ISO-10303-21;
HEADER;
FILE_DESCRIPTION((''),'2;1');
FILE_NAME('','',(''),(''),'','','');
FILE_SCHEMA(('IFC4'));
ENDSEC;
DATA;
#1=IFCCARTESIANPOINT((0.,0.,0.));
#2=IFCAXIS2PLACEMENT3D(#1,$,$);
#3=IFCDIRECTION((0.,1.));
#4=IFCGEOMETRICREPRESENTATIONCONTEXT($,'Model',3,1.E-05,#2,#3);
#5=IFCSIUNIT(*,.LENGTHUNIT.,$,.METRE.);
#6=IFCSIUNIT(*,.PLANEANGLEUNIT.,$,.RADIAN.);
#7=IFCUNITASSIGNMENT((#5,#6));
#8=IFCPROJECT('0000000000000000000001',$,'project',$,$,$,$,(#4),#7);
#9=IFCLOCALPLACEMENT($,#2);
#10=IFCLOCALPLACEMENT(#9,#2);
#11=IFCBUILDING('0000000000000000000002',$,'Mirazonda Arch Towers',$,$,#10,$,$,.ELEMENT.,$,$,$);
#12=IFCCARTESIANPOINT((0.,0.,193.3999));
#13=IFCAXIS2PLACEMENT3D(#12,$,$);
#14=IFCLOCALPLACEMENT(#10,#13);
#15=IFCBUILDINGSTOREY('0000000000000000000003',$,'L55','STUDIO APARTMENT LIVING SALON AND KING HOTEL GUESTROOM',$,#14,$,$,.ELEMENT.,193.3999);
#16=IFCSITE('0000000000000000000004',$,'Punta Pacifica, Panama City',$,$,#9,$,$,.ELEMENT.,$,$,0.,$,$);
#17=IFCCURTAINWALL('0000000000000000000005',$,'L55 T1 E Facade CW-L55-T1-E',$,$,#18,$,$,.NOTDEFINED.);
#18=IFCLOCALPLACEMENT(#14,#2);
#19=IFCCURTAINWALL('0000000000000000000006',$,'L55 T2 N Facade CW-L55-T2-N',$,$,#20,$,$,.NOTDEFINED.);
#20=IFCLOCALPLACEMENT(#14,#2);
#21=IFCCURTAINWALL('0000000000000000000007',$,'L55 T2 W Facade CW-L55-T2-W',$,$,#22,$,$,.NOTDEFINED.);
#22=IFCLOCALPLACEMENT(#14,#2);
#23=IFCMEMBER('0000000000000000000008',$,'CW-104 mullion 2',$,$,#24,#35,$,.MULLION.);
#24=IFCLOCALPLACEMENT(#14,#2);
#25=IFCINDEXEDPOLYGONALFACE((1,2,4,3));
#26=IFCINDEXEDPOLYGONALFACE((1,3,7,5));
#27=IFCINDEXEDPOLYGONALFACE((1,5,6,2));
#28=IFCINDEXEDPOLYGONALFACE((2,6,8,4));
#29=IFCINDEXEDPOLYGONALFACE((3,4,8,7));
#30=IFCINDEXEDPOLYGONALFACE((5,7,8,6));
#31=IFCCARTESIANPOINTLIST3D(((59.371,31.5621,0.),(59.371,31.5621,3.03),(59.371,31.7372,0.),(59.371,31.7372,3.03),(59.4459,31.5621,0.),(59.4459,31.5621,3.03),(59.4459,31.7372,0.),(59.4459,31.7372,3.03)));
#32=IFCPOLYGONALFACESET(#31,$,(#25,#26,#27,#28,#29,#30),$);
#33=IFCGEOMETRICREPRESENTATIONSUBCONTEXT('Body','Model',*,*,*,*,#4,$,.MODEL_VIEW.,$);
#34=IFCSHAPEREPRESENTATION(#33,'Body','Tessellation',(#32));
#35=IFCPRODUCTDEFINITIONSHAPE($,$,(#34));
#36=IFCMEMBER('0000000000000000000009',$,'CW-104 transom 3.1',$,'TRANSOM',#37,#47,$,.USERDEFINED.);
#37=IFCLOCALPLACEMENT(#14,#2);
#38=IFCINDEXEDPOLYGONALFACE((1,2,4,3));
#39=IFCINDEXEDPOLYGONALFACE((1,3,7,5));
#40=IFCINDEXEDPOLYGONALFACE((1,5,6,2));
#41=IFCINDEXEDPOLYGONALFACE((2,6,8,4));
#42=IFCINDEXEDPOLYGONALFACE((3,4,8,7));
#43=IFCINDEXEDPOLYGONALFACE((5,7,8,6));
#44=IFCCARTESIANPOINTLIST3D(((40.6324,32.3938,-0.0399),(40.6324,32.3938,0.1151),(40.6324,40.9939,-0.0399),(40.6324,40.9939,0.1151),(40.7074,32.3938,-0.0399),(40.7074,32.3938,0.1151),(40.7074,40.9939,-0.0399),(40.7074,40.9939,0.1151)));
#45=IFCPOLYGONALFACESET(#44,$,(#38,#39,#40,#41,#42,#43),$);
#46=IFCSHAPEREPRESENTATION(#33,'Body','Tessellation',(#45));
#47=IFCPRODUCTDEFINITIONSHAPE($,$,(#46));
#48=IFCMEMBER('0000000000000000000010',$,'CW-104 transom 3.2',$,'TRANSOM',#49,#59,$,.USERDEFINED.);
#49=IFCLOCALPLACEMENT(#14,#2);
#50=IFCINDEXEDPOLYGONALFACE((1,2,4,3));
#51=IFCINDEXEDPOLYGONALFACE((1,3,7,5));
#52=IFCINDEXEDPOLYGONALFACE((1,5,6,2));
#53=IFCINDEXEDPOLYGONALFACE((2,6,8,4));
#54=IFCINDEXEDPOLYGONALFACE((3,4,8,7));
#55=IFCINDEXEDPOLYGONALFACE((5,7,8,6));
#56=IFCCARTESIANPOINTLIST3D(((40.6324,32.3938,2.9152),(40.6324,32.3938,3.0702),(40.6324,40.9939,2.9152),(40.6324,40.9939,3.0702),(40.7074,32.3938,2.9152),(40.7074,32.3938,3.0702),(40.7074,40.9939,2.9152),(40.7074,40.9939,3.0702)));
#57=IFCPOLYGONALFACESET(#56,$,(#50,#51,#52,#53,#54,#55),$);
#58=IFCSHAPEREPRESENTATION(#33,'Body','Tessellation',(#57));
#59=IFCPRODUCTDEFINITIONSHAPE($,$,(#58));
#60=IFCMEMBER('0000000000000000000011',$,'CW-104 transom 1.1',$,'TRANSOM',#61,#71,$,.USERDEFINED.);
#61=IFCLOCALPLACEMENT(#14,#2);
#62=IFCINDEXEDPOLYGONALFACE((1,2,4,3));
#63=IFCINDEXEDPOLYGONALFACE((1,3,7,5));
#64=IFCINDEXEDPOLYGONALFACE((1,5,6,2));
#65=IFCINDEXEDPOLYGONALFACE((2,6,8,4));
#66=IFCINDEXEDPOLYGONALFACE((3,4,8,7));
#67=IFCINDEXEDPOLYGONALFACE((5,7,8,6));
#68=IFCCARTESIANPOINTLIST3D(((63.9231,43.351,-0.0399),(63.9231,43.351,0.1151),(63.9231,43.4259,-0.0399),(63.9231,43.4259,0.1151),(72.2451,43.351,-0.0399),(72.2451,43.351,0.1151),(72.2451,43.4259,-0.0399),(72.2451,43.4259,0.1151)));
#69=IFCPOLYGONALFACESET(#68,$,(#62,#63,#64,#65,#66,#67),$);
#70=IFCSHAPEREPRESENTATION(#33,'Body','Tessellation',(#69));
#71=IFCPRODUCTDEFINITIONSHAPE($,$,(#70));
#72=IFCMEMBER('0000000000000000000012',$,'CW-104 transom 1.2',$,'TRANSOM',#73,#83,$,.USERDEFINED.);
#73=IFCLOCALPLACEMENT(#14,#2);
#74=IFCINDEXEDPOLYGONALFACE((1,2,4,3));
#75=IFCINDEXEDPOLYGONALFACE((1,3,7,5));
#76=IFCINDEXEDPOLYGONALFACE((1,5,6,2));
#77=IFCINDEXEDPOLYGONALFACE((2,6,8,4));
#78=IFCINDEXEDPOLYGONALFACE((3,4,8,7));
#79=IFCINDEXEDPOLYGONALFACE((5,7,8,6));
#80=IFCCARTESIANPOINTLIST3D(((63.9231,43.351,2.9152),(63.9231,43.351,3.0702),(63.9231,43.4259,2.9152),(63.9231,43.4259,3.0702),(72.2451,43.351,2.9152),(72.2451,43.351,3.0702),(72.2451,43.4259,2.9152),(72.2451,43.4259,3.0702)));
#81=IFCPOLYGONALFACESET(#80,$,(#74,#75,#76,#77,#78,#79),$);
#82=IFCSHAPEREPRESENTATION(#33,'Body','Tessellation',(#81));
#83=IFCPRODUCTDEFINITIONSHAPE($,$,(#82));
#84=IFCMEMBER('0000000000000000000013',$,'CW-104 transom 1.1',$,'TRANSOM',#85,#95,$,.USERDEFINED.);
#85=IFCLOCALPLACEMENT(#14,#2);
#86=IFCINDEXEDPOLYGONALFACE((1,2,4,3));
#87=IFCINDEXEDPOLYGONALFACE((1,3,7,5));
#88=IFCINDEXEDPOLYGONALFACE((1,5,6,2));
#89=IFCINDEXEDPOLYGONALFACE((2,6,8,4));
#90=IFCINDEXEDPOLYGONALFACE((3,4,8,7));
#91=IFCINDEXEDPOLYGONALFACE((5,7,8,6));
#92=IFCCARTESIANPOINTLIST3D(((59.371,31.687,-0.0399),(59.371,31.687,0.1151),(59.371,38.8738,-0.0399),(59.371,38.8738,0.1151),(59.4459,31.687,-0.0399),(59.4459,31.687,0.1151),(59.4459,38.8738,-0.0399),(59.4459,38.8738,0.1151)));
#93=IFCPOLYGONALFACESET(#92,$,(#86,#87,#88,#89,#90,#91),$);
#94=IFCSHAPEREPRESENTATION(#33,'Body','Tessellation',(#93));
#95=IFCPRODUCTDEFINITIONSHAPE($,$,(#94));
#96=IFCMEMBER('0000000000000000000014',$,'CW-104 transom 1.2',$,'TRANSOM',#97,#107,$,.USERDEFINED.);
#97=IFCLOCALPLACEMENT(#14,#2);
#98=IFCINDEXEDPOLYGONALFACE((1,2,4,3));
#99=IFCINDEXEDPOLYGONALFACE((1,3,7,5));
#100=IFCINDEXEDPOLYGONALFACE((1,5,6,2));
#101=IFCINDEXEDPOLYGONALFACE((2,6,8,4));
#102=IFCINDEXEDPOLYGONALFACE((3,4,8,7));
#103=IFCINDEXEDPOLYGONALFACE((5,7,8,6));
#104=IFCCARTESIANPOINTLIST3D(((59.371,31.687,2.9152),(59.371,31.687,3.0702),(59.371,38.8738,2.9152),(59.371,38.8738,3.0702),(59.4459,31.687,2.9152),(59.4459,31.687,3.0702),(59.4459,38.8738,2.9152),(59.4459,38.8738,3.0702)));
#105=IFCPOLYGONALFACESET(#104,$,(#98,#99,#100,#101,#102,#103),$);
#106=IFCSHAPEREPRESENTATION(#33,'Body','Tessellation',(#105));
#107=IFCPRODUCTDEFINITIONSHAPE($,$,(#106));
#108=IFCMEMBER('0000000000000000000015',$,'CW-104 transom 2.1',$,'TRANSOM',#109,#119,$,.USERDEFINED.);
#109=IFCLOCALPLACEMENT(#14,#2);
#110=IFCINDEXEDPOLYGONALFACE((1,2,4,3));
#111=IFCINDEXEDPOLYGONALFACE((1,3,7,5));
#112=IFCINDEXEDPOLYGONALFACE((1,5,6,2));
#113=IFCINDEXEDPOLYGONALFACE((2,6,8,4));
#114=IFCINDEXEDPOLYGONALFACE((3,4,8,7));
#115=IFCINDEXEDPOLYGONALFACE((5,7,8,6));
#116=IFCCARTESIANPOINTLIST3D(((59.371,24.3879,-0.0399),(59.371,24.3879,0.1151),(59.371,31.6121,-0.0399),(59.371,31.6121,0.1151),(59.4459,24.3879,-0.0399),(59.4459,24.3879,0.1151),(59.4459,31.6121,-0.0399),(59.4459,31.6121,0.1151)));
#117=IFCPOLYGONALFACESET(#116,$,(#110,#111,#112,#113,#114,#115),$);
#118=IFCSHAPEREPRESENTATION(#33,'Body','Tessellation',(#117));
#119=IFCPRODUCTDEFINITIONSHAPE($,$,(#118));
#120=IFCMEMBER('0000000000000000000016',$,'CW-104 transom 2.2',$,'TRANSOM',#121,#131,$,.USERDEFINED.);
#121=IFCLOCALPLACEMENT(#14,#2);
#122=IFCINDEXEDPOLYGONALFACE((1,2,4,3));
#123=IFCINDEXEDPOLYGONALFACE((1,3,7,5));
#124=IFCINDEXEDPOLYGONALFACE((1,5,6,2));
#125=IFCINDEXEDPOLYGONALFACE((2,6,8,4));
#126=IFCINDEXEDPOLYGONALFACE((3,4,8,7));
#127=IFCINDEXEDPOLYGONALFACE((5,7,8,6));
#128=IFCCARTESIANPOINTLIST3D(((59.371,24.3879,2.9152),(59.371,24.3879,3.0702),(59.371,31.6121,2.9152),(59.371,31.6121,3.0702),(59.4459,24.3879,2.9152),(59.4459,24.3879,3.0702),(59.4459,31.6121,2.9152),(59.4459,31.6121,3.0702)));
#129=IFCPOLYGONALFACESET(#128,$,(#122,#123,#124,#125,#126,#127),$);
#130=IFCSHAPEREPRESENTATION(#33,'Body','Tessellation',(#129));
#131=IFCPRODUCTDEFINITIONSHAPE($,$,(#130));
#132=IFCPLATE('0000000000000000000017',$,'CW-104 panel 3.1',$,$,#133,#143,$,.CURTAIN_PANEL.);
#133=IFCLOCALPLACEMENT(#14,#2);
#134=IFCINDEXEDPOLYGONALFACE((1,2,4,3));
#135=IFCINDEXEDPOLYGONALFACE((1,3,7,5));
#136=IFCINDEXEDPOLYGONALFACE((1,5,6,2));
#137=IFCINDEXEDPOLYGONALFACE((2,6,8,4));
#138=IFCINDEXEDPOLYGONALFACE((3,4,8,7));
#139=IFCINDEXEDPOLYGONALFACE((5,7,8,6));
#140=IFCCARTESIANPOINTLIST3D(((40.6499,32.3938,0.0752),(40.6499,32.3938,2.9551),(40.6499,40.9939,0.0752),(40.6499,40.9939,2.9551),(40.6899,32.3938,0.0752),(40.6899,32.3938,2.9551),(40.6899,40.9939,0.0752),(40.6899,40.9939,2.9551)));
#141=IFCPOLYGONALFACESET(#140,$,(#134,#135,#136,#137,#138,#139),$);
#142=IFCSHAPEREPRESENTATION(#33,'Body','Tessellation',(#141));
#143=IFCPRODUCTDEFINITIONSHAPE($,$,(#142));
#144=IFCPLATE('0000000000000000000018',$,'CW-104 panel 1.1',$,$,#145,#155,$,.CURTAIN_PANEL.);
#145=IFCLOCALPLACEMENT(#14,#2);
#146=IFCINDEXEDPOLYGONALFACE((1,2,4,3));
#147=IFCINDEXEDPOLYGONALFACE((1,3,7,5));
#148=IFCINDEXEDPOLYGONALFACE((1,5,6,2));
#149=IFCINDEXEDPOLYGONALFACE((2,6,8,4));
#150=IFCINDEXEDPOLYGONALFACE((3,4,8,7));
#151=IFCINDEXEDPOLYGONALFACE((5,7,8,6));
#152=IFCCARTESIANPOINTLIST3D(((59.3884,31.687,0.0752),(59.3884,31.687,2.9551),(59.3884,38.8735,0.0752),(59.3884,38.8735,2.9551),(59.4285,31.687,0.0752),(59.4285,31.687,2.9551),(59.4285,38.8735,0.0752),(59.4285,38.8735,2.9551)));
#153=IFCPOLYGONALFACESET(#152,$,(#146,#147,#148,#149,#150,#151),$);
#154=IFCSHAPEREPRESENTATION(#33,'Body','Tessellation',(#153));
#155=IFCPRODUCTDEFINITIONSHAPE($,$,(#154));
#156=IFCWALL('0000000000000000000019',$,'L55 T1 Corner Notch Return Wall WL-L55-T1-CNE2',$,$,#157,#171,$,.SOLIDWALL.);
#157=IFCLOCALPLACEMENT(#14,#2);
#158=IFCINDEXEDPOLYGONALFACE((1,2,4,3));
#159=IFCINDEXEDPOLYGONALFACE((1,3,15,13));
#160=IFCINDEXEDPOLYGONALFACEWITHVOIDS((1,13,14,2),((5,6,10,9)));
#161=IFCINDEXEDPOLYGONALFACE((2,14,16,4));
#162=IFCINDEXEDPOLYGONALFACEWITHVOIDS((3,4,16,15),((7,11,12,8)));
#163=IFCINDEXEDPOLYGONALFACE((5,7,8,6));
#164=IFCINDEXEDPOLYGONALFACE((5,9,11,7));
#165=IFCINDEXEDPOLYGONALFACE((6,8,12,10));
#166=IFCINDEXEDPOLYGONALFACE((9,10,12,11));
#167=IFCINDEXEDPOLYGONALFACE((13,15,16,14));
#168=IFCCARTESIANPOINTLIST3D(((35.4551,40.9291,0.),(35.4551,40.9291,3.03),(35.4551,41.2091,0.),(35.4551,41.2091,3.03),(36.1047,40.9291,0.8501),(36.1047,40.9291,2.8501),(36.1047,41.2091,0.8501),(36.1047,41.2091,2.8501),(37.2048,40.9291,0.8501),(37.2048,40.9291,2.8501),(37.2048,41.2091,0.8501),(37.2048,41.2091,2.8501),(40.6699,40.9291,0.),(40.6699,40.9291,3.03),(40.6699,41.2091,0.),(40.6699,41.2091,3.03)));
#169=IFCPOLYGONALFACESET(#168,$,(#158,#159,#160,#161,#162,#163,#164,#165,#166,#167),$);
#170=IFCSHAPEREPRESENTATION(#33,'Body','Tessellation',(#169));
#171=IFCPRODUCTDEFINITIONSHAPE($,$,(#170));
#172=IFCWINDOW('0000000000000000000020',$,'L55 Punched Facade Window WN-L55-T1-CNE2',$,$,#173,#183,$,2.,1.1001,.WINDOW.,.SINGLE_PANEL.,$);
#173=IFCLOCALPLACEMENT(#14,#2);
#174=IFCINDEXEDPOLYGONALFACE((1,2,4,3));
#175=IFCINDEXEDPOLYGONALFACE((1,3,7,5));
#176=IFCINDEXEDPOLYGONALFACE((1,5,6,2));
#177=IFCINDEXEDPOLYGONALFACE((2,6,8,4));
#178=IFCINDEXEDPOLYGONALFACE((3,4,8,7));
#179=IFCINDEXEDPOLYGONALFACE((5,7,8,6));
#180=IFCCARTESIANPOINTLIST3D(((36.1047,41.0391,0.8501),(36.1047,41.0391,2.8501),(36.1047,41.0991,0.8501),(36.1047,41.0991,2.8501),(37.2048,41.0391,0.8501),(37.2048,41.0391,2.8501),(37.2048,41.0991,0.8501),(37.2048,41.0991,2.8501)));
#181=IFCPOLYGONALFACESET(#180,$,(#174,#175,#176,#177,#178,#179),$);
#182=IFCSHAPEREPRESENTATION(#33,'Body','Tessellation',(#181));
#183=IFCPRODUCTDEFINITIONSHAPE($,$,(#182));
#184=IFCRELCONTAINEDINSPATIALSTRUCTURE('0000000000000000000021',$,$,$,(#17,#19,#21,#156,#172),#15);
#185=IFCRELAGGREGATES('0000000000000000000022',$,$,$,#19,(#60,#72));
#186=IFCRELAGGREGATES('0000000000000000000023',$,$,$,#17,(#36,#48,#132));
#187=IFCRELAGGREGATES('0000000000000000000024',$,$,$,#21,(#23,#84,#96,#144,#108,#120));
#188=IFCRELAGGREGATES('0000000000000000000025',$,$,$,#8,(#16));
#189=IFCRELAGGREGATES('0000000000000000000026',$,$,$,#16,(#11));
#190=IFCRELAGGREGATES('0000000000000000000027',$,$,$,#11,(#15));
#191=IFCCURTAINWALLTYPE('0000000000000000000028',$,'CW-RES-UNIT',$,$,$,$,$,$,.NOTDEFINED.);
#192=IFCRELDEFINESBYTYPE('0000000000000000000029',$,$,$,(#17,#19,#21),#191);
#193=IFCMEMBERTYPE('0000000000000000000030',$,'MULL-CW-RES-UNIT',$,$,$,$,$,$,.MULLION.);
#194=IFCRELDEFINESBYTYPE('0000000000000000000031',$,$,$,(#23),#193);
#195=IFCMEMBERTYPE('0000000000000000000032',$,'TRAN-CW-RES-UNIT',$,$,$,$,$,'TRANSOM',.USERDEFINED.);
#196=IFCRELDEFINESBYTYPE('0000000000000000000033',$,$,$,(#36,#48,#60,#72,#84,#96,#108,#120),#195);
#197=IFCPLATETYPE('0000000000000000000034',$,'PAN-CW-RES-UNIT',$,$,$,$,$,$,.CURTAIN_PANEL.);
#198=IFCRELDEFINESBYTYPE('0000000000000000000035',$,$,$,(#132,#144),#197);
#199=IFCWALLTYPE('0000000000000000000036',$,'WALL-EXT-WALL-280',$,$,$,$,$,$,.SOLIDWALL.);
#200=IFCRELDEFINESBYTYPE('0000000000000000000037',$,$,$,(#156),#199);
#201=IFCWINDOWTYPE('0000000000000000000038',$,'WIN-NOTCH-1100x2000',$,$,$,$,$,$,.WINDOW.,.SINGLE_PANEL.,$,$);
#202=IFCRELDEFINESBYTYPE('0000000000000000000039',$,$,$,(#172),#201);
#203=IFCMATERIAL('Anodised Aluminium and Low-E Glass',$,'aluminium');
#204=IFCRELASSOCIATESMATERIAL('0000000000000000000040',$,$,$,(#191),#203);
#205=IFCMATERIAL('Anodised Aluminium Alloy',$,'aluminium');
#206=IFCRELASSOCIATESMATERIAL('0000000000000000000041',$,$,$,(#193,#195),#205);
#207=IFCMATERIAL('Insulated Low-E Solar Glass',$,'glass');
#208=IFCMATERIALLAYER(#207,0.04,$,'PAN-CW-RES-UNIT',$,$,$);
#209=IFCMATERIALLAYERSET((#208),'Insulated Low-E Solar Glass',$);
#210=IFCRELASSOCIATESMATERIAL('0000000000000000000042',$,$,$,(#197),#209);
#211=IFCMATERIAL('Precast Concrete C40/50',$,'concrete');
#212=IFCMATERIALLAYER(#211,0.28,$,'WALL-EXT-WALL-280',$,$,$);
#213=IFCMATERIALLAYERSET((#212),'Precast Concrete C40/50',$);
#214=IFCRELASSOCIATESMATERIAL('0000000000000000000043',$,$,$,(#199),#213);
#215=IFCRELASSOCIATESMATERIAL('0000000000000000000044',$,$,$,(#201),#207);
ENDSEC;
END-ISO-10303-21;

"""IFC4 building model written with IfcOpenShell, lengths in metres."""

from ifc_helpers import new_model, si_unit, direction, frame, frame_2d, origin, origin_2d, place, context, subcontext, project, spatial, rectangle, extrude, material, layer, layer_set, material_profile, profile_set, type_object, element, fill, aggregate, save


model = new_model("IFC4")

# Units and contexts
model_context = context("Model", 3, precision=1e-05, world=origin(), true_north=direction((0.0, 1.0)))
body_context = subcontext(model_context, "Body", "Model", "MODEL_VIEW")
ifc_project = project(units=[si_unit("LENGTHUNIT", "METRE"), si_unit("PLANEANGLEUNIT", "RADIAN")], contexts=[model_context])

# Site, building, storey
site_placement = place(None, origin())
site = spatial("IfcSite", under=ifc_project, at=site_placement, Name="Punta Pacifica, Panama City", CompositionType="ELEMENT", RefElevation=0.0)
building_placement = place(site_placement, origin())
building = spatial("IfcBuilding", under=site, at=building_placement, Name="Mirazonda Arch Towers", CompositionType="ELEMENT")
storey_placement = place(building_placement, frame((0.0, 0.0, 193.3999)))
storey = spatial("IfcBuildingStorey", under=building, at=storey_placement, Name="L55", Description="STUDIO APARTMENT LIVING SALON AND KING HOTEL GUESTROOM", CompositionType="ELEMENT", Elevation=193.3999)

# Curtain wall
ifc_material_1 = material(Name="Anodised Aluminium and Low-E Glass", Category="aluminium")
curtain_wall_type = type_object("IfcCurtainWallType", Name="CW-RES-UNIT", PredefinedType="NOTDEFINED", material=ifc_material_1)
curtain_wall_1_placement = place(storey_placement, origin())
curtain_wall_1 = element("IfcCurtainWall", 1, at=curtain_wall_1_placement, inside=storey, type_object=curtain_wall_type, Name="L55 T1 E Facade CW-L55-T1-E", PredefinedType="NOTDEFINED")
ifc_material_2 = material(Name="Anodised Aluminium Alloy", Category="aluminium")
ifc_material_profile_1 = material_profile(ifc_material_2, rectangle(XDim=0.075, YDim=0.175, at=origin_2d()), Name="ALU-MULL-75x175")
ifc_profile_set_1 = profile_set([ifc_material_profile_1], Name="Anodised Aluminium Alloy")
member_type_1 = type_object("IfcMemberType", Name="MULL-CW-RES-UNIT", PredefinedType="MULLION", material=ifc_profile_set_1)

# Curtain wall
curtain_wall_2_placement = place(storey_placement, origin())
curtain_wall_2 = element("IfcCurtainWall", 2, at=curtain_wall_2_placement, inside=storey, type_object=curtain_wall_type, Name="L55 T2 N Facade CW-L55-T2-N", PredefinedType="NOTDEFINED")

# Curtain wall, member
curtain_wall_3_placement = place(storey_placement, origin())
curtain_wall_3 = element("IfcCurtainWall", 3, at=curtain_wall_3_placement, inside=storey, type_object=curtain_wall_type, Name="L55 T2 W Facade CW-L55-T2-W", PredefinedType="NOTDEFINED")
member_1_placement = place(storey_placement, frame((59.4084, 31.6497, 0.0), z_axis=(0.0, 0.0, 1.0), x_axis=(1.0, 0.0, 0.0)))
member_1 = element("IfcMember", 4, at=member_1_placement, type_object=member_type_1, Name="CW-104 mullion 2", PredefinedType="MULLION", context=body_context, shape_type="SweptSolid", body=[
    extrude(rectangle(XDim=0.075, YDim=0.175, at=origin_2d()), origin(), (0.0, 0.0, 1.0), 3.03),
])

# Members
ifc_material_profile_2 = material_profile(ifc_material_2, rectangle(XDim=0.075, YDim=0.155, at=origin_2d()), Name="ALU-TRAN-75x155")
ifc_profile_set_2 = profile_set([ifc_material_profile_2], Name="Anodised Aluminium Alloy")
member_type_2 = type_object("IfcMemberType", Name="TRAN-CW-RES-UNIT", ElementType="TRANSOM", PredefinedType="USERDEFINED", material=ifc_profile_set_2)
member_2_placement = place(storey_placement, frame((40.6699, 32.3938, 0.0376), z_axis=(0.0, 1.0, 0.0), x_axis=(-1.0, 0.0, 0.0)))
member_2 = element("IfcMember", 5, at=member_2_placement, type_object=member_type_2, Name="CW-104 transom 3.1", ObjectType="TRANSOM", PredefinedType="USERDEFINED", context=body_context, shape_type="SweptSolid", body=[
    extrude(rectangle(XDim=0.075, YDim=0.155, at=origin_2d()), origin(), (0.0, 0.0, 1.0), 8.6001),
])
member_3_placement = place(storey_placement, frame((40.6699, 32.3938, 2.9927), z_axis=(0.0, 1.0, 0.0), x_axis=(-1.0, 0.0, 0.0)))
member_3 = element("IfcMember", 6, at=member_3_placement, type_object=member_type_2, Name="CW-104 transom 3.2", ObjectType="TRANSOM", PredefinedType="USERDEFINED", context=body_context, shape_type="SweptSolid", body=[
    extrude(rectangle(XDim=0.075, YDim=0.155, at=origin_2d()), origin(), (0.0, 0.0, 1.0), 8.6001),
])
member_4_placement = place(storey_placement, frame((63.9231, 43.3884, 0.0376), z_axis=(1.0, 0.0, 0.0), x_axis=(0.0, 1.0, 0.0)))
member_4 = element("IfcMember", 7, at=member_4_placement, type_object=member_type_2, Name="CW-104 transom 1.1", ObjectType="TRANSOM", PredefinedType="USERDEFINED", context=body_context, shape_type="SweptSolid", body=[
    extrude(rectangle(XDim=0.075, YDim=0.155, at=origin_2d()), origin(), (0.0, 0.0, 1.0), 8.322),
])
member_5_placement = place(storey_placement, frame((63.9231, 43.3884, 2.9927), z_axis=(1.0, 0.0, 0.0), x_axis=(0.0, 1.0, 0.0)))
member_5 = element("IfcMember", 8, at=member_5_placement, type_object=member_type_2, Name="CW-104 transom 1.2", ObjectType="TRANSOM", PredefinedType="USERDEFINED", context=body_context, shape_type="SweptSolid", body=[
    extrude(rectangle(XDim=0.075, YDim=0.155, at=origin_2d()), origin(), (0.0, 0.0, 1.0), 8.322),
])
aggregate(curtain_wall_2, [member_4, member_5])
member_6_placement = place(storey_placement, frame((59.4084, 38.8738, 0.0376), z_axis=(0.0, -1.0, 0.0), x_axis=(1.0, 0.0, 0.0)))
member_6 = element("IfcMember", 9, at=member_6_placement, type_object=member_type_2, Name="CW-104 transom 1.1", ObjectType="TRANSOM", PredefinedType="USERDEFINED", context=body_context, shape_type="SweptSolid", body=[
    extrude(rectangle(XDim=0.075, YDim=0.155, at=origin_2d()), origin(), (0.0, 0.0, 1.0), 7.1868),
])
member_7_placement = place(storey_placement, frame((59.4084, 38.8738, 2.9927), z_axis=(0.0, -1.0, 0.0), x_axis=(1.0, 0.0, 0.0)))
member_7 = element("IfcMember", 10, at=member_7_placement, type_object=member_type_2, Name="CW-104 transom 1.2", ObjectType="TRANSOM", PredefinedType="USERDEFINED", context=body_context, shape_type="SweptSolid", body=[
    extrude(rectangle(XDim=0.075, YDim=0.155, at=origin_2d()), origin(), (0.0, 0.0, 1.0), 7.1868),
])
member_8_placement = place(storey_placement, frame((59.4084, 31.6121, 0.0376), z_axis=(0.0, -1.0, 0.0), x_axis=(1.0, 0.0, 0.0)))
member_8 = element("IfcMember", 11, at=member_8_placement, type_object=member_type_2, Name="CW-104 transom 2.1", ObjectType="TRANSOM", PredefinedType="USERDEFINED", context=body_context, shape_type="SweptSolid", body=[
    extrude(rectangle(XDim=0.075, YDim=0.155, at=origin_2d()), origin(), (0.0, 0.0, 1.0), 7.2241),
])
member_9_placement = place(storey_placement, frame((59.4084, 31.6121, 2.9927), z_axis=(0.0, -1.0, 0.0), x_axis=(1.0, 0.0, 0.0)))
member_9 = element("IfcMember", 12, at=member_9_placement, type_object=member_type_2, Name="CW-104 transom 2.2", ObjectType="TRANSOM", PredefinedType="USERDEFINED", context=body_context, shape_type="SweptSolid", body=[
    extrude(rectangle(XDim=0.075, YDim=0.155, at=origin_2d()), origin(), (0.0, 0.0, 1.0), 7.2241),
])

# Plates
ifc_material_3 = material(Name="Insulated Low-E Solar Glass", Category="glass")
ifc_layer_1 = layer(ifc_material_3, 0.04, Name="PAN-CW-RES-UNIT")
ifc_layer_set_1 = layer_set([ifc_layer_1], Name="Insulated Low-E Solar Glass")
plate_type = type_object("IfcPlateType", Name="PAN-CW-RES-UNIT", PredefinedType="CURTAIN_PANEL", material=ifc_layer_set_1)
plate_1_placement = place(storey_placement, frame((40.6699, 36.6938, 0.0752), z_axis=(0.0, 0.0, 1.0), x_axis=(0.0, 1.0, 0.0)))
plate_1 = element("IfcPlate", 13, at=plate_1_placement, type_object=plate_type, Name="CW-104 panel 3.1", PredefinedType="CURTAIN_PANEL", context=body_context, shape_type="SweptSolid", body=[
    extrude(rectangle(XDim=8.6001, YDim=0.04, at=origin_2d()), origin(), (0.0, 0.0, 1.0), 2.8799),
])
aggregate(curtain_wall_1, [member_2, member_3, plate_1])
plate_2_placement = place(storey_placement, frame((59.4084, 35.2803, 0.0752), z_axis=(0.0, 0.0, 1.0), x_axis=(0.0, -1.0, 0.0)))
plate_2 = element("IfcPlate", 14, at=plate_2_placement, type_object=plate_type, Name="CW-104 panel 1.1", PredefinedType="CURTAIN_PANEL", context=body_context, shape_type="SweptSolid", body=[
    extrude(rectangle(XDim=7.1865, YDim=0.04, at=origin_2d()), origin(), (0.0, 0.0, 1.0), 2.8799),
])
aggregate(curtain_wall_3, [member_1, member_6, member_7, plate_2, member_8, member_9])

# Wall, opening, window
ifc_material_4 = material(Name="Precast Concrete C40/50", Category="concrete")
ifc_layer_2 = layer(ifc_material_4, 0.28, Name="WALL-EXT-WALL-280")
ifc_layer_set_2 = layer_set([ifc_layer_2], Name="Precast Concrete C40/50")
wall_type_1 = type_object("IfcWallType", Name="WALL-EXT-WALL-280", PredefinedType="SOLIDWALL", material=ifc_layer_set_2)
wall_1_placement = place(storey_placement, frame((40.6699, 41.0691, 0.0), z_axis=(0.0, 0.0, 1.0), x_axis=(-1.0, 0.0, 0.0)))
wall_1 = element("IfcWall", 15, at=wall_1_placement, inside=storey, type_object=wall_type_1, Name="L55 T1 Corner Notch Return Wall WL-L55-T1-CNE2", PredefinedType="SOLIDWALL", context=body_context, shape_type="SweptSolid", body=[
    extrude(rectangle(XDim=5.2148, YDim=0.28, at=frame_2d((2.6074, 0.0))), origin(), (0.0, 0.0, 1.0), 3.03),
])
opening_1_placement = place(wall_1_placement, frame((3.4651, 0.0, 0.8501)))
opening_1 = element("IfcOpeningElement", 16, at=opening_1_placement, cuts=wall_1, PredefinedType="OPENING", context=body_context, shape_type="SweptSolid", body=[
    extrude(rectangle(XDim=1.1001, YDim=2.0, at=frame_2d((0.55, 1.0))), frame((0.0, 0.1499, 0.0), z_axis=(0.0, -1.0, 0.0), x_axis=(1.0, 0.0, 0.0)), (0.0, 0.0, 1.0), 0.3),
])
window_type = type_object("IfcWindowType", Name="WIN-NOTCH-1100x2000", PartitioningType="SINGLE_PANEL", PredefinedType="WINDOW", material=ifc_material_3)
window_1_placement = place(opening_1_placement, origin())
window_1 = element("IfcWindow", 17, at=window_1_placement, inside=storey, type_object=window_type, Name="L55 Punched Facade Window WN-L55-T1-CNE2", OverallHeight=2.0, OverallWidth=1.1001, PartitioningType="SINGLE_PANEL", PredefinedType="WINDOW", context=body_context, shape_type="SweptSolid", body=[
    extrude(rectangle(XDim=1.1001, YDim=2.0, at=frame_2d((0.55, 1.0))), frame((0.0, 0.03, 0.0), z_axis=(0.0, -1.0, 0.0), x_axis=(1.0, 0.0, 0.0)), (0.0, 0.0, 1.0), 0.0601),
])
fill(opening_1, window_1)

save(model, "model.ifc")
